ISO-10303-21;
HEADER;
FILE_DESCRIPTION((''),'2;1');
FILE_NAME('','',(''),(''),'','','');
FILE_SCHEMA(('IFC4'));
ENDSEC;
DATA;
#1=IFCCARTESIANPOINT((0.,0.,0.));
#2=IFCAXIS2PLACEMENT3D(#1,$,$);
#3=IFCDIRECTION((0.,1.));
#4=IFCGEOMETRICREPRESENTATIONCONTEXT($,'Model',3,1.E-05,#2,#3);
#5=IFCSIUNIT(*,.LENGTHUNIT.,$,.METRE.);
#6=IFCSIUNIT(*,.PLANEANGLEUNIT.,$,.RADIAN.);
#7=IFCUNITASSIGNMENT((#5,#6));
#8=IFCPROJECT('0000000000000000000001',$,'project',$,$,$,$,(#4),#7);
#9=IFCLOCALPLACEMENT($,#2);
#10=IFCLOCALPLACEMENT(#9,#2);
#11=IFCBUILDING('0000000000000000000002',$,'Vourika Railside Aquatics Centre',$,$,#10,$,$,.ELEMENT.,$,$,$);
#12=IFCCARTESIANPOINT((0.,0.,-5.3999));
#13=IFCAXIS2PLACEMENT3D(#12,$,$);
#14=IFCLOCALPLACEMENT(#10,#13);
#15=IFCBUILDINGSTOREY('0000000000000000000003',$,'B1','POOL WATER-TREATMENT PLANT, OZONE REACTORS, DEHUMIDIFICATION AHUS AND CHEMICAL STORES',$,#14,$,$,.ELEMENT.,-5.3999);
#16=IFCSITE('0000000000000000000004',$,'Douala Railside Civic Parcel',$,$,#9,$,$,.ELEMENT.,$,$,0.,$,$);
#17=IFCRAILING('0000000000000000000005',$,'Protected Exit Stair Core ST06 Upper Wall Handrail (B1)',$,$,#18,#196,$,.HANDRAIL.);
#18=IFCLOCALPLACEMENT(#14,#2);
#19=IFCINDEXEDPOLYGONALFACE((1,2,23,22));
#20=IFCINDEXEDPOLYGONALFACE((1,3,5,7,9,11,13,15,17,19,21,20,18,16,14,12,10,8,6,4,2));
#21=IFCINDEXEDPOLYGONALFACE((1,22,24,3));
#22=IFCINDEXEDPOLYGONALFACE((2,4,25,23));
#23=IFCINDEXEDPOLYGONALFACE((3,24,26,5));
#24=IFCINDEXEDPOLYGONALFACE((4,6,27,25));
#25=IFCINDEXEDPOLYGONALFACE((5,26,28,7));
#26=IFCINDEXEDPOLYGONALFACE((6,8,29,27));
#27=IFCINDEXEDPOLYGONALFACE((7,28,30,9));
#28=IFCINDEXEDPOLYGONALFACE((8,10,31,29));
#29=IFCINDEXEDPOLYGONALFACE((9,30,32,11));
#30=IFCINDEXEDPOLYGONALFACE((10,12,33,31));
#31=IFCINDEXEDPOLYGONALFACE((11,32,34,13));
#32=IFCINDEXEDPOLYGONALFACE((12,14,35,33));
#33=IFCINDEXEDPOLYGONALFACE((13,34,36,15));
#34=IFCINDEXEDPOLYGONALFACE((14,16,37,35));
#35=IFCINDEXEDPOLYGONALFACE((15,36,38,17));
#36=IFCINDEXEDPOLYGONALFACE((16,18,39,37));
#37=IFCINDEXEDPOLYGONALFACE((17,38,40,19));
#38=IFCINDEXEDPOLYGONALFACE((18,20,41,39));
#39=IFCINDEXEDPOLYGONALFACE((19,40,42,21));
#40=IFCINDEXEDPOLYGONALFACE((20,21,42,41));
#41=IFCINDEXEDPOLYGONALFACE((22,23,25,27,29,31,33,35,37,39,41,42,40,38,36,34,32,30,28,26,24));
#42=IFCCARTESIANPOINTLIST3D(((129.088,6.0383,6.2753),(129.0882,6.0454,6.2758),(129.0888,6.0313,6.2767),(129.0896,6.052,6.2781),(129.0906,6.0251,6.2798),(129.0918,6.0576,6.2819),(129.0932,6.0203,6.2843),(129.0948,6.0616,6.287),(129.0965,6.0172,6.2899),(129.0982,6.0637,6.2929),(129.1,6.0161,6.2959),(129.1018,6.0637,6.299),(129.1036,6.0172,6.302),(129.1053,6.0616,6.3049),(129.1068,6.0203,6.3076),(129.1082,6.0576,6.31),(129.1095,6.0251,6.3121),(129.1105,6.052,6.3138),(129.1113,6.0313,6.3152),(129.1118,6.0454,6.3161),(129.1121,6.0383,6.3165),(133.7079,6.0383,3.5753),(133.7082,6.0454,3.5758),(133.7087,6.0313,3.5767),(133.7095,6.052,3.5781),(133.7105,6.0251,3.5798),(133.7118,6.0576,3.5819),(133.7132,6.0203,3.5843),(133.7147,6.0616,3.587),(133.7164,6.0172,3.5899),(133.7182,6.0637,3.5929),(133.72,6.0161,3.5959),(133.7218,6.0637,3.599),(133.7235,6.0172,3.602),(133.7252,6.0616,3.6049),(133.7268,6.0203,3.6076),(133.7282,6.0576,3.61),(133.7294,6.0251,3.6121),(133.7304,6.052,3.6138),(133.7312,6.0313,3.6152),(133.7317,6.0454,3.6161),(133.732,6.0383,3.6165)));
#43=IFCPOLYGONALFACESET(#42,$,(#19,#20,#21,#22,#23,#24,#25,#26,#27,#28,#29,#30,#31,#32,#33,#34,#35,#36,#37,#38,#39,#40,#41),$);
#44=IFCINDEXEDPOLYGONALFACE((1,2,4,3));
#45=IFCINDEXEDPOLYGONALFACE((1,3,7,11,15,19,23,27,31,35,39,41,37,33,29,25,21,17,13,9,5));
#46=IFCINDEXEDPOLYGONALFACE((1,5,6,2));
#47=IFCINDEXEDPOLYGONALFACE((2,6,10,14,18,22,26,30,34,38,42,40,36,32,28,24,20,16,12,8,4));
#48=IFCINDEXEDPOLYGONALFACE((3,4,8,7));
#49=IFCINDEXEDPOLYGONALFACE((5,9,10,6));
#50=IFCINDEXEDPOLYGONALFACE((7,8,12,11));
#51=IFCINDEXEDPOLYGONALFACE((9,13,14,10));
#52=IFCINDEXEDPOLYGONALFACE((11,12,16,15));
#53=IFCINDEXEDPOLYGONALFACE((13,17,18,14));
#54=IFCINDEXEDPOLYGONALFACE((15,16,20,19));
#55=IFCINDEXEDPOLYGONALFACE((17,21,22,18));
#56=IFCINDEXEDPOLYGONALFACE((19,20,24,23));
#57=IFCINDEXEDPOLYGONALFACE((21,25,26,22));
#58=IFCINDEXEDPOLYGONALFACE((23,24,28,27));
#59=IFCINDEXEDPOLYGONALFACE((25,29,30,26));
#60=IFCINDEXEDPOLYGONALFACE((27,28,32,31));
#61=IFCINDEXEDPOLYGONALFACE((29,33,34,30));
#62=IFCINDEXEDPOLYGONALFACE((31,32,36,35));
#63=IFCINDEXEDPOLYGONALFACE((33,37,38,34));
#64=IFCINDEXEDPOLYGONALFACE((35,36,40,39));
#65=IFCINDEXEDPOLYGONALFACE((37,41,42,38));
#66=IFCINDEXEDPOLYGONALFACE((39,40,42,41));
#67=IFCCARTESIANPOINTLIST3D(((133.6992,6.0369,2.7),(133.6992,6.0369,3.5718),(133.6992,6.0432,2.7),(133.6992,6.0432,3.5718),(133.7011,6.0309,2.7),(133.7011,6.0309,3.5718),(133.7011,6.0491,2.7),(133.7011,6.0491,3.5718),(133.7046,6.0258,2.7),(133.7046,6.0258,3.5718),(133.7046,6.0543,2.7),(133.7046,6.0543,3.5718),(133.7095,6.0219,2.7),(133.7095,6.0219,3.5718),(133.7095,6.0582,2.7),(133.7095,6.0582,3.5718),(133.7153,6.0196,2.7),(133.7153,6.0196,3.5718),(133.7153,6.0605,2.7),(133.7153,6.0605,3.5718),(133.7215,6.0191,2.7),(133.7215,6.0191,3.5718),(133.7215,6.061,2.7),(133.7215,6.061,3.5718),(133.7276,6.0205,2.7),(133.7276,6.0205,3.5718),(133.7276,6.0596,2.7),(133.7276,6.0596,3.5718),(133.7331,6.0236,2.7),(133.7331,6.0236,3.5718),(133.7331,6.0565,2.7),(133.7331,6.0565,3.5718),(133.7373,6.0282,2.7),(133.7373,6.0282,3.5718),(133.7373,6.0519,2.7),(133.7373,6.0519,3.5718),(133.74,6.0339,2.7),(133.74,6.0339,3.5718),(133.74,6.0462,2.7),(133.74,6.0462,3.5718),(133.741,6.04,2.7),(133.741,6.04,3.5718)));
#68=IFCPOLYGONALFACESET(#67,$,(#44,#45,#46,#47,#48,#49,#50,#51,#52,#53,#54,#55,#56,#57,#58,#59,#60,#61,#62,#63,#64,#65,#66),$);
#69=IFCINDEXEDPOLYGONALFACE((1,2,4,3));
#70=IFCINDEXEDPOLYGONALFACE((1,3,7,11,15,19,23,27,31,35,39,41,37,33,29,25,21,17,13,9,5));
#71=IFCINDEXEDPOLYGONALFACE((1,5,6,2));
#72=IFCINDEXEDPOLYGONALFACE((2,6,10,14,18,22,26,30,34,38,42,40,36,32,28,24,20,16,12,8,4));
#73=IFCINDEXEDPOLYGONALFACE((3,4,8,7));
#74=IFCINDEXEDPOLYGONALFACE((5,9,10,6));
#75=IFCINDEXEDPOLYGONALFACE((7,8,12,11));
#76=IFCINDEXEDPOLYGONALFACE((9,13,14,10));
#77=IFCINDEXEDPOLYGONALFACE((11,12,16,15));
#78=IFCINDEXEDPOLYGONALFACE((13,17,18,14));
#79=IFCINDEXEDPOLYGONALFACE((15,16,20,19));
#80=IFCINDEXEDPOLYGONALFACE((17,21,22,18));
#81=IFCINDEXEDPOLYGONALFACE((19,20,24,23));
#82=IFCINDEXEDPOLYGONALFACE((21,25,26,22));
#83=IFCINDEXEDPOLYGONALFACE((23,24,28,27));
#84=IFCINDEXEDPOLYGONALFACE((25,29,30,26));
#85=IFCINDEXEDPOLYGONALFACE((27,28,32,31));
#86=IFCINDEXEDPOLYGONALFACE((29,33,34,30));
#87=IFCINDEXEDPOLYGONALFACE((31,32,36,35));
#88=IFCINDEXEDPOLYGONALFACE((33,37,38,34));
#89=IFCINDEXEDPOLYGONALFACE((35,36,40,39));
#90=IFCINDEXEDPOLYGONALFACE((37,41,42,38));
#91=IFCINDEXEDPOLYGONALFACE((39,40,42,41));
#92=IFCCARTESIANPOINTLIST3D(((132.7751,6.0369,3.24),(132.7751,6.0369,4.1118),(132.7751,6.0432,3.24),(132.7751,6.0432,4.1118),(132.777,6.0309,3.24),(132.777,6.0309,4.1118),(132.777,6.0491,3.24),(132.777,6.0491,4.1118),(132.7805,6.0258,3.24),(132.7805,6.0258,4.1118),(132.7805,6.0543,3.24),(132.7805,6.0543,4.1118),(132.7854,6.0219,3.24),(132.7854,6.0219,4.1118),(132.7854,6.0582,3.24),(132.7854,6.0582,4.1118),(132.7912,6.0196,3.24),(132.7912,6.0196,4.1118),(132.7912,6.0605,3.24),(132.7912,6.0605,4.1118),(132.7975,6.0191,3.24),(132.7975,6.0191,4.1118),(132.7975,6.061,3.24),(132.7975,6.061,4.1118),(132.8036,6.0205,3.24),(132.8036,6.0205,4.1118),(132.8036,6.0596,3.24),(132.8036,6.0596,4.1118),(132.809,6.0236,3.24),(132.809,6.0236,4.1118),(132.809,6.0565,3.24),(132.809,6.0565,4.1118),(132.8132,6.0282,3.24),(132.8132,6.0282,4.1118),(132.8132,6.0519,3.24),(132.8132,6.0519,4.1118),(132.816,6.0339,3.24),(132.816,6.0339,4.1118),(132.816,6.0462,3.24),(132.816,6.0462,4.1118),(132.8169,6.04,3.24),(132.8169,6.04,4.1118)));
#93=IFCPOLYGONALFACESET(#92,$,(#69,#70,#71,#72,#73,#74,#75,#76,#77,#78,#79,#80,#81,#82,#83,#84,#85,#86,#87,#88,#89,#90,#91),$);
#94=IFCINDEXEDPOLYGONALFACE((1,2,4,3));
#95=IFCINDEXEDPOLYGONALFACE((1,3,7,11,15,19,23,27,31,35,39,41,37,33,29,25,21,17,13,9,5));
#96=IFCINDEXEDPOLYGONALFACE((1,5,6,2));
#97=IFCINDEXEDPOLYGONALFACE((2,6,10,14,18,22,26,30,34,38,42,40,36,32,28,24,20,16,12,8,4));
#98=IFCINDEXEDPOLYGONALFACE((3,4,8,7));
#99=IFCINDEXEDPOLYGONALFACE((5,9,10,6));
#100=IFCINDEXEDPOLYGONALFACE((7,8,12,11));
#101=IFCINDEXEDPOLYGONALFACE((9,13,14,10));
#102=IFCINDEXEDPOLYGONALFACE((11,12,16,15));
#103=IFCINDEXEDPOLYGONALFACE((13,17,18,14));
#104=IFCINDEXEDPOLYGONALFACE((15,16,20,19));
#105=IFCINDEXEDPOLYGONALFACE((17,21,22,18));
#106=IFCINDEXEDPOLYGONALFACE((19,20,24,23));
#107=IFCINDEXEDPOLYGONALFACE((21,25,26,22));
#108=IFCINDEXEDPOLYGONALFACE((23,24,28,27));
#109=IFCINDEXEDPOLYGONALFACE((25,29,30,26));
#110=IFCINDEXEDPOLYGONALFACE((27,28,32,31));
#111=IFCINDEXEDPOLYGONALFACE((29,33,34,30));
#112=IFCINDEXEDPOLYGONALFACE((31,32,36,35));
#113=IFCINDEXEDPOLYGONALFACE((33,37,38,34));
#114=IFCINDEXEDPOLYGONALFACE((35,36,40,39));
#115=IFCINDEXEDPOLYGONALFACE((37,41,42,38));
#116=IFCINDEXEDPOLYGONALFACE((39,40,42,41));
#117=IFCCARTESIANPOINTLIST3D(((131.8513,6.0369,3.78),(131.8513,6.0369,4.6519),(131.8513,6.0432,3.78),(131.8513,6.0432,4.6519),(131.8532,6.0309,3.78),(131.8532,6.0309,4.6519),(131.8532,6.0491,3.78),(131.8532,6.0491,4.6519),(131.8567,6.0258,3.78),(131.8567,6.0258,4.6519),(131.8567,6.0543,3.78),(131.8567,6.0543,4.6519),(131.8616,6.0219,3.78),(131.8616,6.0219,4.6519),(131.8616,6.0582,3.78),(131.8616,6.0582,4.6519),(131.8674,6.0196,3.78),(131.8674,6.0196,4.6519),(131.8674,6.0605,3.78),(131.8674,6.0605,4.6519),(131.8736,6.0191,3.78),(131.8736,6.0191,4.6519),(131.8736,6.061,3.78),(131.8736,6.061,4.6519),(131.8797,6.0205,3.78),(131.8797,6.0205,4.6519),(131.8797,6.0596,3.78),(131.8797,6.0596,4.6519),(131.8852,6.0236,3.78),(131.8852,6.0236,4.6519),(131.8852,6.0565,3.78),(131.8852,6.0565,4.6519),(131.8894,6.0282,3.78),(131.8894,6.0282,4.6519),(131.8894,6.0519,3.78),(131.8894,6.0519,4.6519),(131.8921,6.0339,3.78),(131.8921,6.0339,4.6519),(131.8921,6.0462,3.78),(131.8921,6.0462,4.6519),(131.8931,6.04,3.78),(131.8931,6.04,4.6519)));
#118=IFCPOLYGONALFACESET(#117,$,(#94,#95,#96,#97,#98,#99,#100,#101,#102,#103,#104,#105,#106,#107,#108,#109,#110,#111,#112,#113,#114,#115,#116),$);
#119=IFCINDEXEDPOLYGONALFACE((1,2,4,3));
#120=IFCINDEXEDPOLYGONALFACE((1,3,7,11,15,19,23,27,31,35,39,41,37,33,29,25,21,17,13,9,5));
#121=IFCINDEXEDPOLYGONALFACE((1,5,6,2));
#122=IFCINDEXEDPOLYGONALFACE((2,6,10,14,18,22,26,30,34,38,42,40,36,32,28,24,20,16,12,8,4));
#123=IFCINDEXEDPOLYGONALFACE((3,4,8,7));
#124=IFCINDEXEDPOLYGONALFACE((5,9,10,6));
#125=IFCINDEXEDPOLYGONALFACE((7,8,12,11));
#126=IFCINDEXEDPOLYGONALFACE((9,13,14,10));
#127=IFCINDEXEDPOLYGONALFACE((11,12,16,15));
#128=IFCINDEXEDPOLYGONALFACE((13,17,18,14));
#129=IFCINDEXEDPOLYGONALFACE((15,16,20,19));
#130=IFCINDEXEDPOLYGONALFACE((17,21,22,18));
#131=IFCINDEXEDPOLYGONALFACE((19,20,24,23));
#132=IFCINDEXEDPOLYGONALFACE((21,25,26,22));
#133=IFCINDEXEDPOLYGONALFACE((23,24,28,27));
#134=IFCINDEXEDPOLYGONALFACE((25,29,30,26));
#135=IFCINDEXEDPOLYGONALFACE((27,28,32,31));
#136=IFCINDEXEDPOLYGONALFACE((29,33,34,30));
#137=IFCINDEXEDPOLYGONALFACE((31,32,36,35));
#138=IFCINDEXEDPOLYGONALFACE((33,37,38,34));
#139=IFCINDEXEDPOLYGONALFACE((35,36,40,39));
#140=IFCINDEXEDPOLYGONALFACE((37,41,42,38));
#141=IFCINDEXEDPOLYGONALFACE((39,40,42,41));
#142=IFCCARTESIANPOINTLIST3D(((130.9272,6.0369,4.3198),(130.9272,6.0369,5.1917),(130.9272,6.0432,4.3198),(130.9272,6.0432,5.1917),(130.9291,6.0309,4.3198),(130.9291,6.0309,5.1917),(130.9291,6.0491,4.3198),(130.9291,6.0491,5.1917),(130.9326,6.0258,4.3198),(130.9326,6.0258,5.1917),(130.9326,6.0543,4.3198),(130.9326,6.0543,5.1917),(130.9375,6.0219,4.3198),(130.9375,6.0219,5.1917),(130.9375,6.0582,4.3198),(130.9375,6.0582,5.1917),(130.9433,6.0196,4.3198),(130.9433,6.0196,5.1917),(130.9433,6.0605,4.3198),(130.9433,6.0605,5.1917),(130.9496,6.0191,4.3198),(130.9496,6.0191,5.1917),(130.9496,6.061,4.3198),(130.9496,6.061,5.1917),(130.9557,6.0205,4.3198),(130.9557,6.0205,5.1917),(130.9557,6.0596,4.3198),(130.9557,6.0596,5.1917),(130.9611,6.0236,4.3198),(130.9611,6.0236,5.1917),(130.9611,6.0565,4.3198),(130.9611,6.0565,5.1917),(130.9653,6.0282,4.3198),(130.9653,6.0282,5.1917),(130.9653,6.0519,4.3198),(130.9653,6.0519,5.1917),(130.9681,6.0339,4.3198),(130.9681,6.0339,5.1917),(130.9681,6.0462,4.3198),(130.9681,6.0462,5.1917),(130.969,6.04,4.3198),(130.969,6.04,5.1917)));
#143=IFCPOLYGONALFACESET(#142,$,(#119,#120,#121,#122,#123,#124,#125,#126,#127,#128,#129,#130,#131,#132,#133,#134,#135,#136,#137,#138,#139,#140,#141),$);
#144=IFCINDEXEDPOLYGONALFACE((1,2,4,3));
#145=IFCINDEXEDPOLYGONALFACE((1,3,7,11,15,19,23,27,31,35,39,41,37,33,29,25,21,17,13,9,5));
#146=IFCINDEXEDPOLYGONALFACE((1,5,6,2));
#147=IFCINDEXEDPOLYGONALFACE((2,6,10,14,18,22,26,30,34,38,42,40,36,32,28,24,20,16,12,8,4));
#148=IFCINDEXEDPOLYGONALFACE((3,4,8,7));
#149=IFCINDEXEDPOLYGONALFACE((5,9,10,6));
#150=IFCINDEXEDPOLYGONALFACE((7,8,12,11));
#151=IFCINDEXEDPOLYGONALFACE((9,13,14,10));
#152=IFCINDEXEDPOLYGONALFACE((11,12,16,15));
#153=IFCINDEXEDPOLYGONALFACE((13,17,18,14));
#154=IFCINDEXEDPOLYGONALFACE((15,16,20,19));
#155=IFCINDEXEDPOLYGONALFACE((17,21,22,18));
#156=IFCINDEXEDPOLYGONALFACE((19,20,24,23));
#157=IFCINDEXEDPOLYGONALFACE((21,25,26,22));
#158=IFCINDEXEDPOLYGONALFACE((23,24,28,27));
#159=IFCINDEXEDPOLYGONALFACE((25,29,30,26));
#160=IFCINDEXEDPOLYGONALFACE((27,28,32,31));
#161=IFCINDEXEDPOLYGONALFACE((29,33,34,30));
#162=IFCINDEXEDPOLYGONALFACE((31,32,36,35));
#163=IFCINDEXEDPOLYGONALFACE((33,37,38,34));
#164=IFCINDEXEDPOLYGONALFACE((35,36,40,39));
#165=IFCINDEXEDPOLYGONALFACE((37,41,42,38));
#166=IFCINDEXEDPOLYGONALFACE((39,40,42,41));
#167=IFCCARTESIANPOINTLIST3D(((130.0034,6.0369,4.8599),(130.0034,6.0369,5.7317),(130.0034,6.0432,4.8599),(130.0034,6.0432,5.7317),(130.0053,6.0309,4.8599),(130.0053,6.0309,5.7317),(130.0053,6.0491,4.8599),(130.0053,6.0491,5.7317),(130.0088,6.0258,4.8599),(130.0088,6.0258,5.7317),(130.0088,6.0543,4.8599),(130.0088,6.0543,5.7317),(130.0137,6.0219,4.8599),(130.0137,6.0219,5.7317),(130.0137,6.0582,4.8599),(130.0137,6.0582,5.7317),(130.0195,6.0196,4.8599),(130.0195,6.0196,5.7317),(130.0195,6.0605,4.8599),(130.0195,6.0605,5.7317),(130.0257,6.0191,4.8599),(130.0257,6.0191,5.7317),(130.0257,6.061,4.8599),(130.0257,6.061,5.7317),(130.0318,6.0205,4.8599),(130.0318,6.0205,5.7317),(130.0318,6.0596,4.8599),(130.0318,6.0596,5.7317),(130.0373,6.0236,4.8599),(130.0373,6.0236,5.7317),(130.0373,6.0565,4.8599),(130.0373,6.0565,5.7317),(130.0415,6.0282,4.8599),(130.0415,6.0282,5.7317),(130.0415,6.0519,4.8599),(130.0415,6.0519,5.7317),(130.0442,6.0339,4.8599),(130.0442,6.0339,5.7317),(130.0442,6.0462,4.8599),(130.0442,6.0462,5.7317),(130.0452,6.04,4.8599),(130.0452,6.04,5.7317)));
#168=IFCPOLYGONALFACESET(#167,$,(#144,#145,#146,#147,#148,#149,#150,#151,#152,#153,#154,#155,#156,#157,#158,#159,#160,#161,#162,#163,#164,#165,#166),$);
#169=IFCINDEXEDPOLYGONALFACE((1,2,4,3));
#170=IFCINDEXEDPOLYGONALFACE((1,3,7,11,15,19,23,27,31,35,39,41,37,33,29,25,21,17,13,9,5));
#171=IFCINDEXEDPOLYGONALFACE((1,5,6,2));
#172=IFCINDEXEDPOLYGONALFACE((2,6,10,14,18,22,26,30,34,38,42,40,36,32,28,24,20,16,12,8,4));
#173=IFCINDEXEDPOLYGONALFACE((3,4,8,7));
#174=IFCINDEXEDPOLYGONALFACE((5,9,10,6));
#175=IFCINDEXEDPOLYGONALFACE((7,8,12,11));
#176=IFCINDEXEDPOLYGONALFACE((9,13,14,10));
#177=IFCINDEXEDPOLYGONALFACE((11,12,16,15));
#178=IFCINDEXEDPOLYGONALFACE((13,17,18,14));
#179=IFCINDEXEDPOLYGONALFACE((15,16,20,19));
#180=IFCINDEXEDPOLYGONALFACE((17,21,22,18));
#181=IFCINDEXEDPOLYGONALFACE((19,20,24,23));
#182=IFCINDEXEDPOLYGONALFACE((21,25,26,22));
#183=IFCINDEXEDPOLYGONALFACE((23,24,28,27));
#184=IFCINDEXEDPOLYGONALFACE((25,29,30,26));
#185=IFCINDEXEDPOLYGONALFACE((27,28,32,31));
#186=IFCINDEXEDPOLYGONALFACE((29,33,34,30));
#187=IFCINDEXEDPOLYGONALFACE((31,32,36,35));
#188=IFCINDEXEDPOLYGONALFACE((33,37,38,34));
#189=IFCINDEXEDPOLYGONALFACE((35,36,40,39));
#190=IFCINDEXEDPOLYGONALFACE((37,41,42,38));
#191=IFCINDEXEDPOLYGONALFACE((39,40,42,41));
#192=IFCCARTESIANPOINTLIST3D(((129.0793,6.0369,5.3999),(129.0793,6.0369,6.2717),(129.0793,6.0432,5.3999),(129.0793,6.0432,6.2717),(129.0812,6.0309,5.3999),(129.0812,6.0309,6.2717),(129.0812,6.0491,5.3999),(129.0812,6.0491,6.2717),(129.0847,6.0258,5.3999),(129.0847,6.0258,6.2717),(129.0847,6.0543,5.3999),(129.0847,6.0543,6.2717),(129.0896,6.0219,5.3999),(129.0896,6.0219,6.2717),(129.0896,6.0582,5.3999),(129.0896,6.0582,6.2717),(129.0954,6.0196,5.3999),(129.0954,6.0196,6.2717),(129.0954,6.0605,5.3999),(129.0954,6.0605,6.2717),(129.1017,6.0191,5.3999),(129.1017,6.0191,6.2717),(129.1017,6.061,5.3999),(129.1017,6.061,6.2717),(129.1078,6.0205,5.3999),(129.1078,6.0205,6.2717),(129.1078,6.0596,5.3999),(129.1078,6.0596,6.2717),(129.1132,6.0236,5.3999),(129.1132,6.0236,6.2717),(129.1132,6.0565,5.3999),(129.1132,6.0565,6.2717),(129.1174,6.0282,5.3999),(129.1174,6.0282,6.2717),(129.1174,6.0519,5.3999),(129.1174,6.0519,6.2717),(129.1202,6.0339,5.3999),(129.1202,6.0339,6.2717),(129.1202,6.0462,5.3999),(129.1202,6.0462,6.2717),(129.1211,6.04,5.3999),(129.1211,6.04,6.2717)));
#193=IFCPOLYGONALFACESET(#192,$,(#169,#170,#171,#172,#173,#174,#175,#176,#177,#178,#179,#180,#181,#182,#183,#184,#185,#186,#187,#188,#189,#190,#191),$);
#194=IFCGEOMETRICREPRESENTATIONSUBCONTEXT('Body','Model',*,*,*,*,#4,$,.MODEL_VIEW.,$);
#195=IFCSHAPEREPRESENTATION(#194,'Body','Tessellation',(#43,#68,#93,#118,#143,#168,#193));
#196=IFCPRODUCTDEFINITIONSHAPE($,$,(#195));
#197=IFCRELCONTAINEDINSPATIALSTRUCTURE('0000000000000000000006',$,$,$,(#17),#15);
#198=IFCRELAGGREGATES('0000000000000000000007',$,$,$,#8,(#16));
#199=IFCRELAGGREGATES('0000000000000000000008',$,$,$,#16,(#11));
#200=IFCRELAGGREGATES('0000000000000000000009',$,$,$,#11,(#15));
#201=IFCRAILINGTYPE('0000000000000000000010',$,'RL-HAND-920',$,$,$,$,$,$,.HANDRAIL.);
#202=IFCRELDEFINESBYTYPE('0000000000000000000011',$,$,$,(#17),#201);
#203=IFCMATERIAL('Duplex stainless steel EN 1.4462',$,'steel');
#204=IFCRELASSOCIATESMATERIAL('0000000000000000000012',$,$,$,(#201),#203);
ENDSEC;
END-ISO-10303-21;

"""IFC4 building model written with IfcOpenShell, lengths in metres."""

from ifc_helpers import new_model, si_unit, direction, frame, origin, origin_2d, place, context, subcontext, project, spatial, circle, extrude, material, type_object, element, save


model = new_model("IFC4")

# Units and contexts
model_context = context("Model", 3, precision=1e-05, world=origin(), true_north=direction((0.0, 1.0)))
body_context = subcontext(model_context, "Body", "Model", "MODEL_VIEW")
ifc_project = project(units=[si_unit("LENGTHUNIT", "METRE"), si_unit("PLANEANGLEUNIT", "RADIAN")], contexts=[model_context])

# Site, building, storey
site_placement = place(None, origin())
site = spatial("IfcSite", under=ifc_project, at=site_placement, Name="Douala Railside Civic Parcel", CompositionType="ELEMENT", RefElevation=0.0)
building_placement = place(site_placement, origin())
building = spatial("IfcBuilding", under=site, at=building_placement, Name="Vourika Railside Aquatics Centre", CompositionType="ELEMENT")
storey_placement = place(building_placement, frame((0.0, 0.0, -5.3999)))
storey = spatial("IfcBuildingStorey", under=building, at=storey_placement, Name="B1", Description="POOL WATER-TREATMENT PLANT, OZONE REACTORS, DEHUMIDIFICATION AHUS AND CHEMICAL STORES", CompositionType="ELEMENT", Elevation=-5.3999)

# Railing
ifc_material_1 = material(Name="Duplex stainless steel EN 1.4462", Category="steel")
railing_type_1 = type_object("IfcRailingType", Name="RL-HAND-920", PredefinedType="HANDRAIL", material=ifc_material_1)
railing_1_placement = place(storey_placement, frame((133.72, 6.04, 2.7)))
element("IfcRailing", 1, at=railing_1_placement, inside=storey, type_object=railing_type_1, Name="Protected Exit Stair Core ST06 Upper Wall Handrail (B1)", PredefinedType="HANDRAIL", context=body_context, shape_type="SweptSolid", body=[
    extrude(circle(Radius=0.0239, at=origin_2d()), frame((0.0, 0.0, 0.896), z_axis=(-0.86337, 0.0, 0.504572), x_axis=(0.0, -1.0, 0.0)), (0.0, 0.0, 1.0), 5.3511),
    extrude(circle(Radius=0.021, at=origin_2d()), origin(), (0.0, 0.0, 1.0), 0.8718),
    extrude(circle(Radius=0.021, at=origin_2d()), frame((-0.9241, 0.0, 0.54)), (0.0, 0.0, 1.0), 0.8718),
    extrude(circle(Radius=0.021, at=origin_2d()), frame((-1.8479, 0.0, 1.0801)), (0.0, 0.0, 1.0), 0.8718),
    extrude(circle(Radius=0.021, at=origin_2d()), frame((-2.772, 0.0, 1.6199)), (0.0, 0.0, 1.0), 0.8718),
    extrude(circle(Radius=0.021, at=origin_2d()), frame((-3.6958, 0.0, 2.1599)), (0.0, 0.0, 1.0), 0.8718),
    extrude(circle(Radius=0.021, at=origin_2d()), frame((-4.6199, 0.0, 2.7)), (0.0, 0.0, 1.0), 0.8718),
])

save(model, "model.ifc")
